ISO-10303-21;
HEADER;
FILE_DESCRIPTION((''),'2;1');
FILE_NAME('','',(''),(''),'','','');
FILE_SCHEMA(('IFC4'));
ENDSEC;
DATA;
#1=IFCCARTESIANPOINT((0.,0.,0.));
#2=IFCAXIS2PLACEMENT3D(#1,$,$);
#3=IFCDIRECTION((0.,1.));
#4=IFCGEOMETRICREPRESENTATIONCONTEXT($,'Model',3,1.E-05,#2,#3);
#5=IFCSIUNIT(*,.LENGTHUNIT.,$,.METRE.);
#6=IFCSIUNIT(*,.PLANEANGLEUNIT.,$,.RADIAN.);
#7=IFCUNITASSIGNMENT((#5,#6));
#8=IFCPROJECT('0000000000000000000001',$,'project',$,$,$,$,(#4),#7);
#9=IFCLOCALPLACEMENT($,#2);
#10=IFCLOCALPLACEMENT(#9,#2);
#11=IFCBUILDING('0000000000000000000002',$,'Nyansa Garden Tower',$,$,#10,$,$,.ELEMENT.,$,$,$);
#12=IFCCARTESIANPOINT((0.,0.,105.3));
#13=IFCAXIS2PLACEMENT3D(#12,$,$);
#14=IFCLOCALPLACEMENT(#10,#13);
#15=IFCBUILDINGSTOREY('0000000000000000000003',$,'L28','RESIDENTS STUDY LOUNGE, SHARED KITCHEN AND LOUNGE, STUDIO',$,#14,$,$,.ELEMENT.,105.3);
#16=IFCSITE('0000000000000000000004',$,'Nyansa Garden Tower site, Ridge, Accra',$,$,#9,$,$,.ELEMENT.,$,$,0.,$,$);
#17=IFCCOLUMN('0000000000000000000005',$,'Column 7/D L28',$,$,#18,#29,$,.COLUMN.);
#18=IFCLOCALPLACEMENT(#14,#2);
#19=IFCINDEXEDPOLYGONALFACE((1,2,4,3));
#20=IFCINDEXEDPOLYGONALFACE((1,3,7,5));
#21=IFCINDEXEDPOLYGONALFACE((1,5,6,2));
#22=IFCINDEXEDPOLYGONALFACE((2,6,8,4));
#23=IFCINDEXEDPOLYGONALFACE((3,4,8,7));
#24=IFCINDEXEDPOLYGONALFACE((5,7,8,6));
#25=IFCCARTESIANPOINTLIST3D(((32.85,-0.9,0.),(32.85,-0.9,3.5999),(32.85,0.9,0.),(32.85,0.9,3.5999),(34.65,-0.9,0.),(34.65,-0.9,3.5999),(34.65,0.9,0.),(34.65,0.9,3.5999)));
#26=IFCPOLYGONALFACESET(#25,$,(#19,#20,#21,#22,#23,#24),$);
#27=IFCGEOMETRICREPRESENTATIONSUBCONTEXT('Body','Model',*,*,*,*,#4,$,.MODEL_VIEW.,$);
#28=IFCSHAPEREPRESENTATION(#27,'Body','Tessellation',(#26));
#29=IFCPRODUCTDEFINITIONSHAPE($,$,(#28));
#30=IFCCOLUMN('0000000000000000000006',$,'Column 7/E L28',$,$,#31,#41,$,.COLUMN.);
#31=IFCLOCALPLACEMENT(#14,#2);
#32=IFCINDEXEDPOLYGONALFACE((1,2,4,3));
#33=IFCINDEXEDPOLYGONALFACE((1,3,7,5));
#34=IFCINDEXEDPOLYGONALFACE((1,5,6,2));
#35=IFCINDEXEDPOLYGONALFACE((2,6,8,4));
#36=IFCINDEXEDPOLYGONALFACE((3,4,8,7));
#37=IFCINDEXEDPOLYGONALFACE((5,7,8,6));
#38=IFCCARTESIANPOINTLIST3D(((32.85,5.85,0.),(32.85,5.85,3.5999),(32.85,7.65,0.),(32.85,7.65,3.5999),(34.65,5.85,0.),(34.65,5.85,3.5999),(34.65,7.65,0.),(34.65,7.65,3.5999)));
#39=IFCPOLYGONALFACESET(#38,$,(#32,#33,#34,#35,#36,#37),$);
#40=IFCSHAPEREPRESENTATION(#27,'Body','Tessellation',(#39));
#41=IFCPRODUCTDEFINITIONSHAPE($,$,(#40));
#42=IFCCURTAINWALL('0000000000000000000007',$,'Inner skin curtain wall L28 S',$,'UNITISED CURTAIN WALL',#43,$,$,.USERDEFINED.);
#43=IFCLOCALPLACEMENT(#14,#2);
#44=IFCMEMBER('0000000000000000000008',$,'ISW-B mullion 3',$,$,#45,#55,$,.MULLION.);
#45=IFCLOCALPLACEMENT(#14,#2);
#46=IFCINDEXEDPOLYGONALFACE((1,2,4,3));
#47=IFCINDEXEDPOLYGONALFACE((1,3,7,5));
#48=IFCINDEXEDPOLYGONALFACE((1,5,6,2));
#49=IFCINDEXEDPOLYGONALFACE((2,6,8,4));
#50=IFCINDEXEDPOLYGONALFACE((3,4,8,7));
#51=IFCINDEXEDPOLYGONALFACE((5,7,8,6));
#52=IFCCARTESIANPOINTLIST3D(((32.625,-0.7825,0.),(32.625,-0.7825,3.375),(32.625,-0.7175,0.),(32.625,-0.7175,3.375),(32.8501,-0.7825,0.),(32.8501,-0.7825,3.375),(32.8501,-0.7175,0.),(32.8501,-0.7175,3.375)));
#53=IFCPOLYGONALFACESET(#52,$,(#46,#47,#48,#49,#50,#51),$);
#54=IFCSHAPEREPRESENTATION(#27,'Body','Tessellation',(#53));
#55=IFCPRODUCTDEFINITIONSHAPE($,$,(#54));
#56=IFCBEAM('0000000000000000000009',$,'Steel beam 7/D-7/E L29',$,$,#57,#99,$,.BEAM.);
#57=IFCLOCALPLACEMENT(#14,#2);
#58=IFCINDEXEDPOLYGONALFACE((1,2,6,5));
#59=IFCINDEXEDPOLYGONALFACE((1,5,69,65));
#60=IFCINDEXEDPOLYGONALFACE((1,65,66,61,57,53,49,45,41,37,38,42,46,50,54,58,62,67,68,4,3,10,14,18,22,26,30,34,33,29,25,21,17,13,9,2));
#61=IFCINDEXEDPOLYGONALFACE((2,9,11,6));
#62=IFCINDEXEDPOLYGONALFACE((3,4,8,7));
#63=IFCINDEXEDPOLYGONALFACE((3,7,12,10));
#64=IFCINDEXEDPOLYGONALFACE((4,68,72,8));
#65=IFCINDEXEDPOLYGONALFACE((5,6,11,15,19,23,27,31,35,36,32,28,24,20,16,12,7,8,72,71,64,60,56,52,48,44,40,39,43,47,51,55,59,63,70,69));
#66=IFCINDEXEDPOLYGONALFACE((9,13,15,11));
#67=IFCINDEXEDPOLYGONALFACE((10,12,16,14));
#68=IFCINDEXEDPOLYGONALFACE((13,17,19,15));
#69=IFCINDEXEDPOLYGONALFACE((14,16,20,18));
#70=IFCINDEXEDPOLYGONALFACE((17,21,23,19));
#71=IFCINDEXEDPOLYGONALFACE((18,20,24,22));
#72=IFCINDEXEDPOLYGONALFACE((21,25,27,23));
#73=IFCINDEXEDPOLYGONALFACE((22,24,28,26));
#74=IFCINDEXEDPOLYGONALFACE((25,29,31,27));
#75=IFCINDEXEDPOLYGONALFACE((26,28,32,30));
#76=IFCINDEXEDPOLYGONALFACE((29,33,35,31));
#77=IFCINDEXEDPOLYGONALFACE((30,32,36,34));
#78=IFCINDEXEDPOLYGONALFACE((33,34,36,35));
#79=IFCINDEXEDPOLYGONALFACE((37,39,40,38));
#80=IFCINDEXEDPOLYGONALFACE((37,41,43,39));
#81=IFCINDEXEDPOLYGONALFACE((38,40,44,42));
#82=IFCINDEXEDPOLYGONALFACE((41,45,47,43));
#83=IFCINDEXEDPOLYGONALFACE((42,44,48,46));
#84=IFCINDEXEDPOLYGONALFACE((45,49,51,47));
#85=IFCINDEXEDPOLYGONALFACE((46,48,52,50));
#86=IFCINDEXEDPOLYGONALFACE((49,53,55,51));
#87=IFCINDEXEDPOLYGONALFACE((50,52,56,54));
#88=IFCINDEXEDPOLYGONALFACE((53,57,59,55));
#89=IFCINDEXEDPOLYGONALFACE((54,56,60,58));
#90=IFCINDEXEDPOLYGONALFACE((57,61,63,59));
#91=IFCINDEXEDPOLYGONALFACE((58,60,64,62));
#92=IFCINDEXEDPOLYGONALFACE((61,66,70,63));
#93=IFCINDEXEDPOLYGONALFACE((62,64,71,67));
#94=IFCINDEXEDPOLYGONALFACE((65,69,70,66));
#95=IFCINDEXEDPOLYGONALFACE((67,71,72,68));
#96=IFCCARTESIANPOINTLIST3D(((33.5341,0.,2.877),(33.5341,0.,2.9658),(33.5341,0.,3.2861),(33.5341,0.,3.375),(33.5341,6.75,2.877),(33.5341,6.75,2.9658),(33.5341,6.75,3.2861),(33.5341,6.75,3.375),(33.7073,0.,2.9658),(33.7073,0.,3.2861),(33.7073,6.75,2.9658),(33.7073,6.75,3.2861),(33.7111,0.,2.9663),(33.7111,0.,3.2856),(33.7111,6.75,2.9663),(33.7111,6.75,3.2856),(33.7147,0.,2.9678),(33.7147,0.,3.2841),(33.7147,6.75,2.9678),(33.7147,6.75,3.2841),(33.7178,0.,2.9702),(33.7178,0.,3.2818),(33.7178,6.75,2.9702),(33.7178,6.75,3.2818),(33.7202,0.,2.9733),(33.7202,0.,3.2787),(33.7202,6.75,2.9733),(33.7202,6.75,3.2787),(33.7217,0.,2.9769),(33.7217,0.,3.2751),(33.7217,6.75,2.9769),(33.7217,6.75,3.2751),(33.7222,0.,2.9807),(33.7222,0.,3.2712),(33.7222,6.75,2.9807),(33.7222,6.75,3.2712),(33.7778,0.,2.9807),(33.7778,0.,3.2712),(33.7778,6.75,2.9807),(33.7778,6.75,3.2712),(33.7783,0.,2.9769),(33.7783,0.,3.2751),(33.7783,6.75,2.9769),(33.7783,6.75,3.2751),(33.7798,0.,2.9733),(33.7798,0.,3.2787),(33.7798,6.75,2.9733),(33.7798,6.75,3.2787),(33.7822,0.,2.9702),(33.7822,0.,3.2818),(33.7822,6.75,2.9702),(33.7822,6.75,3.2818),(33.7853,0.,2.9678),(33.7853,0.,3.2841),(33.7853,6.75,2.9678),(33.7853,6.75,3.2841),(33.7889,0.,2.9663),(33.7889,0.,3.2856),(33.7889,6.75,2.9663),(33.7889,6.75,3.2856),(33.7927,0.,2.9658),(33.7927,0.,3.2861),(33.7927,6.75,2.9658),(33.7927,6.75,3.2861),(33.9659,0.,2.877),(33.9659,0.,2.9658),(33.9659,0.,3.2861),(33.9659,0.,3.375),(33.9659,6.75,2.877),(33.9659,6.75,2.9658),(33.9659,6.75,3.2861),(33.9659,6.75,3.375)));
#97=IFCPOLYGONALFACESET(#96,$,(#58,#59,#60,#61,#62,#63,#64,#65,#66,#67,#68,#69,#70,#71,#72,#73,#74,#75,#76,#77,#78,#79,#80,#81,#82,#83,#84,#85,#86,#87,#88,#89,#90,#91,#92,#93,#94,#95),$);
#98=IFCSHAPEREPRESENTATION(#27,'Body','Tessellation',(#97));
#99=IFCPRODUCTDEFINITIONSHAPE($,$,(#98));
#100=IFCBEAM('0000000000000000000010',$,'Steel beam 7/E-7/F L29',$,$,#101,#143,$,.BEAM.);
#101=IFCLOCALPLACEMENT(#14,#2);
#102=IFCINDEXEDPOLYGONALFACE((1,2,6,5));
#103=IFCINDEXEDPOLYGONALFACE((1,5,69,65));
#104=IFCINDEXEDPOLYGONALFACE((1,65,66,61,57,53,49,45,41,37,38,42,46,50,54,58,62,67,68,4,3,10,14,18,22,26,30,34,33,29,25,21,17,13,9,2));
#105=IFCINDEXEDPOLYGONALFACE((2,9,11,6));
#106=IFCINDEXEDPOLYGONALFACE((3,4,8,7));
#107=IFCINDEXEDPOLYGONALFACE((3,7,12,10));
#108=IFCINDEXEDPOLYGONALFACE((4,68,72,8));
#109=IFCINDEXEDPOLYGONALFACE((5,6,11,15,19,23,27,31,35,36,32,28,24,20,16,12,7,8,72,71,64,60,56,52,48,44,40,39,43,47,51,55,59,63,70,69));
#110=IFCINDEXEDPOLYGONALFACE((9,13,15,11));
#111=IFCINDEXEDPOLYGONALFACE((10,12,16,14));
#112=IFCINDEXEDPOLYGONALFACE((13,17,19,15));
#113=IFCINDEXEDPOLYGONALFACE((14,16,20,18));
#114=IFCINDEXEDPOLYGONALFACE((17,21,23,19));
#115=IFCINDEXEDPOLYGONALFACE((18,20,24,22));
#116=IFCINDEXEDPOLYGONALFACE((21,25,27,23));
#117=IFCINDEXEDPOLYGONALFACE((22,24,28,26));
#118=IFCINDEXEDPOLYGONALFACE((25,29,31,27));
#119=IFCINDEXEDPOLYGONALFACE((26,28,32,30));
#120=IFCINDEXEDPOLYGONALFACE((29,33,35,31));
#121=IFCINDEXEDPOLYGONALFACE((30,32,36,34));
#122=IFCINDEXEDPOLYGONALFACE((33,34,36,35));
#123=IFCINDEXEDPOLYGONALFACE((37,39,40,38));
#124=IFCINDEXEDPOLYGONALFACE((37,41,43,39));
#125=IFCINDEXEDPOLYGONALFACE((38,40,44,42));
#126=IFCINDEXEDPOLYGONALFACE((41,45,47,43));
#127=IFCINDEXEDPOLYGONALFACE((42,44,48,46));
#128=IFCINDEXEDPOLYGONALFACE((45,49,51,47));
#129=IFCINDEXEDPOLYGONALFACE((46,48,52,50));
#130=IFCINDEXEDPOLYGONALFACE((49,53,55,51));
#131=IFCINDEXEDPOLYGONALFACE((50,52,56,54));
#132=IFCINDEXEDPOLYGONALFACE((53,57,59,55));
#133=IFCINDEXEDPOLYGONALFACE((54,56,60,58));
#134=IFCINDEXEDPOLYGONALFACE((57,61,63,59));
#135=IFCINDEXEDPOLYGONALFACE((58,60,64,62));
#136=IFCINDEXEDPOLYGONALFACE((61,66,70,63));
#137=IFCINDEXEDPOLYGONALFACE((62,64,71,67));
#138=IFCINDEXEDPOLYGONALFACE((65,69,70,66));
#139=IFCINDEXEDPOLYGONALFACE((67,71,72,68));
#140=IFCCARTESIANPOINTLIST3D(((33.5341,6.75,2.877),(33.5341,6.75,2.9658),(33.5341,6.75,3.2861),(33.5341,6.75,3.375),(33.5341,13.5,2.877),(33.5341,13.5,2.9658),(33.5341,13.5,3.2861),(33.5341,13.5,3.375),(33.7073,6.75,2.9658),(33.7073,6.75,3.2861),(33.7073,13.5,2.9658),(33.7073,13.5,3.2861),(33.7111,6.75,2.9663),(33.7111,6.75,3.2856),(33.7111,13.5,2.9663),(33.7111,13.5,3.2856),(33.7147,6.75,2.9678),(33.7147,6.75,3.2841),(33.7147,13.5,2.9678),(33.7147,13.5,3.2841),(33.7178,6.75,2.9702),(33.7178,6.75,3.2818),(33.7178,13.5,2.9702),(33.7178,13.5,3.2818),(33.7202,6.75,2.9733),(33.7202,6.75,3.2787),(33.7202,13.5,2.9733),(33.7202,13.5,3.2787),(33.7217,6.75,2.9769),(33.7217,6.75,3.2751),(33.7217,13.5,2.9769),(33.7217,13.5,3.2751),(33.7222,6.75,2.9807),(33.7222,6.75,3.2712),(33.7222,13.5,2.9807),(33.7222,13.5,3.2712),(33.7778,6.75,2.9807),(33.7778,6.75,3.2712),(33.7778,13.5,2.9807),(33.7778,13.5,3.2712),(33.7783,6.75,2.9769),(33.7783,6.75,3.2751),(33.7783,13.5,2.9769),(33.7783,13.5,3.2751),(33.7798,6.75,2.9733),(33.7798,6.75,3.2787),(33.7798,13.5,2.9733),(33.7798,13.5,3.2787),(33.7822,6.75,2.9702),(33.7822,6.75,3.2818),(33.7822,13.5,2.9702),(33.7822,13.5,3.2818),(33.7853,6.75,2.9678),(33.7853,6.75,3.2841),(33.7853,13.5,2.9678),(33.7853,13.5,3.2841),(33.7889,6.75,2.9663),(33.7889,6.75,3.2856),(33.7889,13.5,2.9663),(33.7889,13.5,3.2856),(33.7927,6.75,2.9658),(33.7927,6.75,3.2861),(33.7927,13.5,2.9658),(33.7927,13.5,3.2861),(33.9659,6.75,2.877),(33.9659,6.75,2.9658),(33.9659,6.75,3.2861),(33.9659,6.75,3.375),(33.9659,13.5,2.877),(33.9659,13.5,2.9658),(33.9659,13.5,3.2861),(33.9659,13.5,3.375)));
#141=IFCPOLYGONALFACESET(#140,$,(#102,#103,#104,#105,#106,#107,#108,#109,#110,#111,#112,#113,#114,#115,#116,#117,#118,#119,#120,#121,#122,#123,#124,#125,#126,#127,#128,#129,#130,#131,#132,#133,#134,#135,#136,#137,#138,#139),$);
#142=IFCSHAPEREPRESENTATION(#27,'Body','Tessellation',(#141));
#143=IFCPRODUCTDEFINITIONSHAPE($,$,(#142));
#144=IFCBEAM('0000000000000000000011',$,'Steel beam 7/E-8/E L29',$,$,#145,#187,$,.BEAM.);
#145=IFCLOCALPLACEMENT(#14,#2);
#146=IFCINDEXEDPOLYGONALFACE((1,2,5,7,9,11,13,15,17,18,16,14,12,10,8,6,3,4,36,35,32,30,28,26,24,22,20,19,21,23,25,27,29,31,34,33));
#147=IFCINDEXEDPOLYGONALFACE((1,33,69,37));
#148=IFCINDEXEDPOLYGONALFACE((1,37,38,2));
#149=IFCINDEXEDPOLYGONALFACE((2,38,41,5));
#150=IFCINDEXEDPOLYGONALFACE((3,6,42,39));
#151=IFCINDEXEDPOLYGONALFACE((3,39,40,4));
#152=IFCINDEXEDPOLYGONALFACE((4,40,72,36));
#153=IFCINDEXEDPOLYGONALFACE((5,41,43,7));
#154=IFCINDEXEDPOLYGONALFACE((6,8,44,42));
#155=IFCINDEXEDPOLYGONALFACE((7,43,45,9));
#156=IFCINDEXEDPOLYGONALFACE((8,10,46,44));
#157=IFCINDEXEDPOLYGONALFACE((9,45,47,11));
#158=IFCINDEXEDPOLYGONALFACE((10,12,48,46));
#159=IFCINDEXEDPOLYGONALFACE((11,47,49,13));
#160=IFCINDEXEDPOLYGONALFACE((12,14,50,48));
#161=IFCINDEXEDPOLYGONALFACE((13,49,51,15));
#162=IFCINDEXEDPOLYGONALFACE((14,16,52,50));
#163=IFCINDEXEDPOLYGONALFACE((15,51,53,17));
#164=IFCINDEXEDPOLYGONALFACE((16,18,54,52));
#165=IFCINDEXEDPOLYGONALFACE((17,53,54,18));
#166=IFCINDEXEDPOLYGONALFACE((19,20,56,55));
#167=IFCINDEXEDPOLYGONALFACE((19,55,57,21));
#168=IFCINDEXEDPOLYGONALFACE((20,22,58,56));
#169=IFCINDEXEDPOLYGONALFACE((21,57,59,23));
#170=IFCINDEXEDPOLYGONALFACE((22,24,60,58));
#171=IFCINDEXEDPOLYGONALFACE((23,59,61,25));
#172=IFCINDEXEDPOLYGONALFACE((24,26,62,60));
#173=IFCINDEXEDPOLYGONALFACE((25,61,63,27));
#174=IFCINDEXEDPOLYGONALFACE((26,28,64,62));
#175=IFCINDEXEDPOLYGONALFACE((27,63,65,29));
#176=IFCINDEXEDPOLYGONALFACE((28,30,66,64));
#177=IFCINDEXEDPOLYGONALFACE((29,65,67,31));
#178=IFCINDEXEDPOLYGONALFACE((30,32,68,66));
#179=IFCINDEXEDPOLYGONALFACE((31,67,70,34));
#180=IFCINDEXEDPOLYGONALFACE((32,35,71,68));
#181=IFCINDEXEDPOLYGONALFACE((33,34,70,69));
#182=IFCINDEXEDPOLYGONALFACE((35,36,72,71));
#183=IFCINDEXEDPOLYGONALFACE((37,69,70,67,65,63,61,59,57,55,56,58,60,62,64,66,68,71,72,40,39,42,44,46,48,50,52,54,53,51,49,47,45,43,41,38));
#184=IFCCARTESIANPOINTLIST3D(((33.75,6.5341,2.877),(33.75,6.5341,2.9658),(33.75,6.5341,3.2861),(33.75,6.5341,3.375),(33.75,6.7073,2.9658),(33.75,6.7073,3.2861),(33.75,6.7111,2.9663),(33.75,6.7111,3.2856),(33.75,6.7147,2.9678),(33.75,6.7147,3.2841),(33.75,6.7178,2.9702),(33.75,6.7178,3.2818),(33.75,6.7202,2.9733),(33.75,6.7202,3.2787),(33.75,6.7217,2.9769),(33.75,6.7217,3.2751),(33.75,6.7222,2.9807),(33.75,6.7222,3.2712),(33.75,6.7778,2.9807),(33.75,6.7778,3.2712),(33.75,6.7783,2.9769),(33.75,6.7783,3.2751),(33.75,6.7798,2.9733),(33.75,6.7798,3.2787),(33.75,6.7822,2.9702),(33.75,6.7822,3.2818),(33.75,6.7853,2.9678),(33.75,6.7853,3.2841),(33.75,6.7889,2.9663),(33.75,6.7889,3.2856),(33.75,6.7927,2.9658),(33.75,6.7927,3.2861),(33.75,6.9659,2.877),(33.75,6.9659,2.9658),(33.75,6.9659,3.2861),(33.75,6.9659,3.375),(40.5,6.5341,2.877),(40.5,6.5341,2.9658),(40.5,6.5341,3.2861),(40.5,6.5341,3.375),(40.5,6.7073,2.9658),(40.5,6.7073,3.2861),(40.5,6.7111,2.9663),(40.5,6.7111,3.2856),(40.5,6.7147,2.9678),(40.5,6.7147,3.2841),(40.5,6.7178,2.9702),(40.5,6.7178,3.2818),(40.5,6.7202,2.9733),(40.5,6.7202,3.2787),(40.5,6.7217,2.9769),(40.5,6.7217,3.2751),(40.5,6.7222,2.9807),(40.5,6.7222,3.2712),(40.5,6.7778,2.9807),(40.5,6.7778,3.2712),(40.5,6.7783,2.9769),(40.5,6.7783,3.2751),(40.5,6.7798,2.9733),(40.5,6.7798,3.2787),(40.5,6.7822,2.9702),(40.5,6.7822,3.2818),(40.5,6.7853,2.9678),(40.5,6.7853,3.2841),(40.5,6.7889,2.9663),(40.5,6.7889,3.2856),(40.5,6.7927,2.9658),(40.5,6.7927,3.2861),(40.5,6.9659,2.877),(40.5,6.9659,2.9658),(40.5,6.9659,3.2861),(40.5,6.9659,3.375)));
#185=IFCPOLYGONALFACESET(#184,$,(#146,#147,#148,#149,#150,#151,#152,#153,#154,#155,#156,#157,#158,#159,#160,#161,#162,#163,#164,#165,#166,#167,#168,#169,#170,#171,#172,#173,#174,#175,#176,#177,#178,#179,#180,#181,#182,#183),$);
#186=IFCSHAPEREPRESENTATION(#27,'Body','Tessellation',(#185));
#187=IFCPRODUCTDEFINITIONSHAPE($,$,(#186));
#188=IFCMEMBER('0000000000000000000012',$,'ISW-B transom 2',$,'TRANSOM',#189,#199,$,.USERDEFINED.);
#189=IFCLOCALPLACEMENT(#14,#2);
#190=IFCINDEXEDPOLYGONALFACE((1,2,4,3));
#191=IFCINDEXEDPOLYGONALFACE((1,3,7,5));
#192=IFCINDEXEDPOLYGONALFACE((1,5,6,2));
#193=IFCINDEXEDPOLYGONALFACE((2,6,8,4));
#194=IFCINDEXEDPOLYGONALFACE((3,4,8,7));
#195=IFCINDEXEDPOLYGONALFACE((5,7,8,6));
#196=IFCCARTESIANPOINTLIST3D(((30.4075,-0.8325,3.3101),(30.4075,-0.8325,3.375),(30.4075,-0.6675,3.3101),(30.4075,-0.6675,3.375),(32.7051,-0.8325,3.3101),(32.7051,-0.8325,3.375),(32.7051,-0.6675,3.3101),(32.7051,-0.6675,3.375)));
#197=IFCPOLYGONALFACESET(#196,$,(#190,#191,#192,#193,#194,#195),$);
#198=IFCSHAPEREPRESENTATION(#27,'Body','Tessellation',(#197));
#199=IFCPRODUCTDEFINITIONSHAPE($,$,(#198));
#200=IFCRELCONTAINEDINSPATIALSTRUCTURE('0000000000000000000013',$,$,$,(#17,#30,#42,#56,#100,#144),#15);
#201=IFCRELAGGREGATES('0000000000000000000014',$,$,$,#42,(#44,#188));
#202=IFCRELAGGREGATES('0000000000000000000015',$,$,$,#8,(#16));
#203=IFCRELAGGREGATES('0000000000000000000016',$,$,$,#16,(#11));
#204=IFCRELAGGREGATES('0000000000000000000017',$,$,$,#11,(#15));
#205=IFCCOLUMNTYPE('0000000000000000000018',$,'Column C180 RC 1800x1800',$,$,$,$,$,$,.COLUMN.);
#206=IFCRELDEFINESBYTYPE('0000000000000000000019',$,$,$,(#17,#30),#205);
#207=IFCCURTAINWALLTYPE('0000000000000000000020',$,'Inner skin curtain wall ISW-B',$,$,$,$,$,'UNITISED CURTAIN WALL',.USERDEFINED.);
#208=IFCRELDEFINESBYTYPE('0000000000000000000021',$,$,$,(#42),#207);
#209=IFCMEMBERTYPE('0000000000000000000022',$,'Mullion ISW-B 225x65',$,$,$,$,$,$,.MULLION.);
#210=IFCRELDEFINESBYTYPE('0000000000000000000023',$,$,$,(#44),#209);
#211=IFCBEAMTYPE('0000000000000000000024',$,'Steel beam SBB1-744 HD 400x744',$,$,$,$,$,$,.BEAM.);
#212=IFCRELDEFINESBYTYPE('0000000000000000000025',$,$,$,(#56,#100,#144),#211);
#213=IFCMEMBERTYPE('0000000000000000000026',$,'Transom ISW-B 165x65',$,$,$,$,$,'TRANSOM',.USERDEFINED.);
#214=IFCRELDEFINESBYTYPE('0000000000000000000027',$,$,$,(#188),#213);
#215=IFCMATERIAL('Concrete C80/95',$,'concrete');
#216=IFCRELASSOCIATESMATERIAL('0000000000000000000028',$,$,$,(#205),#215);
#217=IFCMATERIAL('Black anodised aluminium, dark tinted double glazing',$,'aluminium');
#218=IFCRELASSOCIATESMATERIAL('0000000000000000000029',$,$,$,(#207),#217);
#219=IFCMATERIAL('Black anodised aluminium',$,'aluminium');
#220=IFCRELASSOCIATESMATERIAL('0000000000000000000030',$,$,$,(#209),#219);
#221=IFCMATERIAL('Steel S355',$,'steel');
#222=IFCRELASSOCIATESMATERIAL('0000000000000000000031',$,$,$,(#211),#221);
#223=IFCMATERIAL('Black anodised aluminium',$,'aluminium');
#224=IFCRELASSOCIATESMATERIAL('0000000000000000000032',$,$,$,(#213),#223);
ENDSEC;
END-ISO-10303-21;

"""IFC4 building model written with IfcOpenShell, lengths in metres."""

from ifc_helpers import new_model, si_unit, direction, frame, origin, origin_2d, place, context, subcontext, project, spatial, rectangle, i_section, extrude, material, material_profile, profile_set, type_object, element, aggregate, save


model = new_model("IFC4")

# Units and contexts
model_context = context("Model", 3, precision=1e-05, world=origin(), true_north=direction((0.0, 1.0)))
body_context = subcontext(model_context, "Body", "Model", "MODEL_VIEW")
ifc_project = project(units=[si_unit("LENGTHUNIT", "METRE"), si_unit("PLANEANGLEUNIT", "RADIAN")], contexts=[model_context])

# Site, building, storey
site_placement = place(None, origin())
site = spatial("IfcSite", under=ifc_project, at=site_placement, Name="Nyansa Garden Tower site, Ridge, Accra", CompositionType="ELEMENT", RefElevation=0.0)
building_placement = place(site_placement, origin())
building = spatial("IfcBuilding", under=site, at=building_placement, Name="Nyansa Garden Tower", CompositionType="ELEMENT")
storey_placement = place(building_placement, frame((0.0, 0.0, 105.3)))
storey = spatial("IfcBuildingStorey", under=building, at=storey_placement, Name="L28", Description="RESIDENTS STUDY LOUNGE, SHARED KITCHEN AND LOUNGE, STUDIO", CompositionType="ELEMENT", Elevation=105.3)

# Columns
ifc_material_1 = material(Name="Concrete C80/95", Category="concrete")
ifc_material_profile_1 = material_profile(ifc_material_1, rectangle(XDim=1.8, YDim=1.8, at=origin_2d()), Name="RC 1800x1800")
ifc_profile_set_1 = profile_set([ifc_material_profile_1], Name="Concrete C80/95")
column_type = type_object("IfcColumnType", Name="Column C180 RC 1800x1800", PredefinedType="COLUMN", material=ifc_profile_set_1)
for number, where, z_axis, x_axis, name in (
    (1, (33.75, 0.0, 0.0), (0.0, 0.0, 1.0), (1.0, 0.0, 0.0), "Column 7/D L28"),
    (2, (33.75, 6.75, 0.0), (0.0, 0.0, 1.0), (1.0, 0.0, 0.0), "Column 7/E L28"),
):
    element("IfcColumn", number, at=place(storey_placement, frame(where, z_axis=z_axis, x_axis=x_axis)), inside=storey, type_object=column_type, Name=name, PredefinedType="COLUMN", context=body_context, shape_type="SweptSolid", body=[
        extrude(rectangle(XDim=1.8, YDim=1.8, at=origin_2d()), origin(), (0.0, 0.0, 1.0), 3.5999),
    ])

# Curtain wall, member
ifc_material_2 = material(Name="Black anodised aluminium, dark tinted double glazing", Category="aluminium")
curtain_wall_type = type_object("IfcCurtainWallType", Name="Inner skin curtain wall ISW-B", ElementType="UNITISED CURTAIN WALL", PredefinedType="USERDEFINED", material=ifc_material_2)
curtain_wall_placement = place(storey_placement, origin())
curtain_wall = element("IfcCurtainWall", 3, at=curtain_wall_placement, inside=storey, type_object=curtain_wall_type, Name="Inner skin curtain wall L28 S", ObjectType="UNITISED CURTAIN WALL", PredefinedType="USERDEFINED")
ifc_material_3 = material(Name="Black anodised aluminium", Category="aluminium")
ifc_material_profile_2 = material_profile(ifc_material_3, rectangle(XDim=0.0649, YDim=0.2251, at=origin_2d()), Name="Mullion 225x65")
ifc_profile_set_2 = profile_set([ifc_material_profile_2], Name="Black anodised aluminium")
member_type_1 = type_object("IfcMemberType", Name="Mullion ISW-B 225x65", PredefinedType="MULLION", material=ifc_profile_set_2)
member_1_placement = place(storey_placement, frame((32.7375, -0.75, 0.0), z_axis=(0.0, 0.0, 1.0), x_axis=(0.0, 1.0, 0.0)))
member_1 = element("IfcMember", 4, at=member_1_placement, type_object=member_type_1, Name="ISW-B mullion 3", PredefinedType="MULLION", context=body_context, shape_type="SweptSolid", body=[
    extrude(rectangle(XDim=0.0649, YDim=0.2251, at=origin_2d()), origin(), (0.0, 0.0, 1.0), 3.375),
])

# Beams
ifc_material_4 = material(Name="Steel S355", Category="steel")
ifc_material_profile_3 = material_profile(ifc_material_4, i_section(OverallWidth=0.4319, OverallDepth=0.498, WebThickness=0.0557, FlangeThickness=0.0889, FilletRadius=0.0149, at=origin_2d()), Name="HD 400x744")
ifc_profile_set_3 = profile_set([ifc_material_profile_3], Name="Steel S355")
beam_type = type_object("IfcBeamType", Name="Steel beam SBB1-744 HD 400x744", PredefinedType="BEAM", material=ifc_profile_set_3)
for number, where, z_axis, x_axis, name in (
    (5, (33.75, 0.0, 3.126), (0.0, 1.0, 0.0), (-1.0, 0.0, 0.0), "Steel beam 7/D-7/E L29"),
    (6, (33.75, 6.75, 3.126), (0.0, 1.0, 0.0), (-1.0, 0.0, 0.0), "Steel beam 7/E-7/F L29"),
    (7, (33.75, 6.75, 3.126), (1.0, 0.0, 0.0), (0.0, 1.0, 0.0), "Steel beam 7/E-8/E L29"),
):
    element("IfcBeam", number, at=place(storey_placement, frame(where, z_axis=z_axis, x_axis=x_axis)), inside=storey, type_object=beam_type, Name=name, PredefinedType="BEAM", context=body_context, shape_type="SweptSolid", body=[
        extrude(i_section(OverallWidth=0.4319, OverallDepth=0.498, WebThickness=0.0557, FlangeThickness=0.0889, FilletRadius=0.0149, at=origin_2d()), origin(), (0.0, 0.0, 1.0), 6.75),
    ])

# Member
ifc_material_5 = material(Name="Black anodised aluminium", Category="aluminium")
ifc_material_profile_4 = material_profile(ifc_material_5, rectangle(XDim=0.165, YDim=0.0649, at=origin_2d()), Name="Transom 165x65")
ifc_profile_set_4 = profile_set([ifc_material_profile_4], Name="Black anodised aluminium")
member_type_2 = type_object("IfcMemberType", Name="Transom ISW-B 165x65", ElementType="TRANSOM", PredefinedType="USERDEFINED", material=ifc_profile_set_4)
member_2_placement = place(storey_placement, frame((30.4075, -0.75, 3.3425), z_axis=(1.0, 0.0, 0.0), x_axis=(0.0, 1.0, 0.0)))
member_2 = element("IfcMember", 8, at=member_2_placement, type_object=member_type_2, Name="ISW-B transom 2", ObjectType="TRANSOM", PredefinedType="USERDEFINED", context=body_context, shape_type="SweptSolid", body=[
    extrude(rectangle(XDim=0.165, YDim=0.0649, at=origin_2d()), origin(), (0.0, 0.0, 1.0), 2.2976),
])

aggregate(curtain_wall, [member_1, member_2])

save(model, "model.ifc")
